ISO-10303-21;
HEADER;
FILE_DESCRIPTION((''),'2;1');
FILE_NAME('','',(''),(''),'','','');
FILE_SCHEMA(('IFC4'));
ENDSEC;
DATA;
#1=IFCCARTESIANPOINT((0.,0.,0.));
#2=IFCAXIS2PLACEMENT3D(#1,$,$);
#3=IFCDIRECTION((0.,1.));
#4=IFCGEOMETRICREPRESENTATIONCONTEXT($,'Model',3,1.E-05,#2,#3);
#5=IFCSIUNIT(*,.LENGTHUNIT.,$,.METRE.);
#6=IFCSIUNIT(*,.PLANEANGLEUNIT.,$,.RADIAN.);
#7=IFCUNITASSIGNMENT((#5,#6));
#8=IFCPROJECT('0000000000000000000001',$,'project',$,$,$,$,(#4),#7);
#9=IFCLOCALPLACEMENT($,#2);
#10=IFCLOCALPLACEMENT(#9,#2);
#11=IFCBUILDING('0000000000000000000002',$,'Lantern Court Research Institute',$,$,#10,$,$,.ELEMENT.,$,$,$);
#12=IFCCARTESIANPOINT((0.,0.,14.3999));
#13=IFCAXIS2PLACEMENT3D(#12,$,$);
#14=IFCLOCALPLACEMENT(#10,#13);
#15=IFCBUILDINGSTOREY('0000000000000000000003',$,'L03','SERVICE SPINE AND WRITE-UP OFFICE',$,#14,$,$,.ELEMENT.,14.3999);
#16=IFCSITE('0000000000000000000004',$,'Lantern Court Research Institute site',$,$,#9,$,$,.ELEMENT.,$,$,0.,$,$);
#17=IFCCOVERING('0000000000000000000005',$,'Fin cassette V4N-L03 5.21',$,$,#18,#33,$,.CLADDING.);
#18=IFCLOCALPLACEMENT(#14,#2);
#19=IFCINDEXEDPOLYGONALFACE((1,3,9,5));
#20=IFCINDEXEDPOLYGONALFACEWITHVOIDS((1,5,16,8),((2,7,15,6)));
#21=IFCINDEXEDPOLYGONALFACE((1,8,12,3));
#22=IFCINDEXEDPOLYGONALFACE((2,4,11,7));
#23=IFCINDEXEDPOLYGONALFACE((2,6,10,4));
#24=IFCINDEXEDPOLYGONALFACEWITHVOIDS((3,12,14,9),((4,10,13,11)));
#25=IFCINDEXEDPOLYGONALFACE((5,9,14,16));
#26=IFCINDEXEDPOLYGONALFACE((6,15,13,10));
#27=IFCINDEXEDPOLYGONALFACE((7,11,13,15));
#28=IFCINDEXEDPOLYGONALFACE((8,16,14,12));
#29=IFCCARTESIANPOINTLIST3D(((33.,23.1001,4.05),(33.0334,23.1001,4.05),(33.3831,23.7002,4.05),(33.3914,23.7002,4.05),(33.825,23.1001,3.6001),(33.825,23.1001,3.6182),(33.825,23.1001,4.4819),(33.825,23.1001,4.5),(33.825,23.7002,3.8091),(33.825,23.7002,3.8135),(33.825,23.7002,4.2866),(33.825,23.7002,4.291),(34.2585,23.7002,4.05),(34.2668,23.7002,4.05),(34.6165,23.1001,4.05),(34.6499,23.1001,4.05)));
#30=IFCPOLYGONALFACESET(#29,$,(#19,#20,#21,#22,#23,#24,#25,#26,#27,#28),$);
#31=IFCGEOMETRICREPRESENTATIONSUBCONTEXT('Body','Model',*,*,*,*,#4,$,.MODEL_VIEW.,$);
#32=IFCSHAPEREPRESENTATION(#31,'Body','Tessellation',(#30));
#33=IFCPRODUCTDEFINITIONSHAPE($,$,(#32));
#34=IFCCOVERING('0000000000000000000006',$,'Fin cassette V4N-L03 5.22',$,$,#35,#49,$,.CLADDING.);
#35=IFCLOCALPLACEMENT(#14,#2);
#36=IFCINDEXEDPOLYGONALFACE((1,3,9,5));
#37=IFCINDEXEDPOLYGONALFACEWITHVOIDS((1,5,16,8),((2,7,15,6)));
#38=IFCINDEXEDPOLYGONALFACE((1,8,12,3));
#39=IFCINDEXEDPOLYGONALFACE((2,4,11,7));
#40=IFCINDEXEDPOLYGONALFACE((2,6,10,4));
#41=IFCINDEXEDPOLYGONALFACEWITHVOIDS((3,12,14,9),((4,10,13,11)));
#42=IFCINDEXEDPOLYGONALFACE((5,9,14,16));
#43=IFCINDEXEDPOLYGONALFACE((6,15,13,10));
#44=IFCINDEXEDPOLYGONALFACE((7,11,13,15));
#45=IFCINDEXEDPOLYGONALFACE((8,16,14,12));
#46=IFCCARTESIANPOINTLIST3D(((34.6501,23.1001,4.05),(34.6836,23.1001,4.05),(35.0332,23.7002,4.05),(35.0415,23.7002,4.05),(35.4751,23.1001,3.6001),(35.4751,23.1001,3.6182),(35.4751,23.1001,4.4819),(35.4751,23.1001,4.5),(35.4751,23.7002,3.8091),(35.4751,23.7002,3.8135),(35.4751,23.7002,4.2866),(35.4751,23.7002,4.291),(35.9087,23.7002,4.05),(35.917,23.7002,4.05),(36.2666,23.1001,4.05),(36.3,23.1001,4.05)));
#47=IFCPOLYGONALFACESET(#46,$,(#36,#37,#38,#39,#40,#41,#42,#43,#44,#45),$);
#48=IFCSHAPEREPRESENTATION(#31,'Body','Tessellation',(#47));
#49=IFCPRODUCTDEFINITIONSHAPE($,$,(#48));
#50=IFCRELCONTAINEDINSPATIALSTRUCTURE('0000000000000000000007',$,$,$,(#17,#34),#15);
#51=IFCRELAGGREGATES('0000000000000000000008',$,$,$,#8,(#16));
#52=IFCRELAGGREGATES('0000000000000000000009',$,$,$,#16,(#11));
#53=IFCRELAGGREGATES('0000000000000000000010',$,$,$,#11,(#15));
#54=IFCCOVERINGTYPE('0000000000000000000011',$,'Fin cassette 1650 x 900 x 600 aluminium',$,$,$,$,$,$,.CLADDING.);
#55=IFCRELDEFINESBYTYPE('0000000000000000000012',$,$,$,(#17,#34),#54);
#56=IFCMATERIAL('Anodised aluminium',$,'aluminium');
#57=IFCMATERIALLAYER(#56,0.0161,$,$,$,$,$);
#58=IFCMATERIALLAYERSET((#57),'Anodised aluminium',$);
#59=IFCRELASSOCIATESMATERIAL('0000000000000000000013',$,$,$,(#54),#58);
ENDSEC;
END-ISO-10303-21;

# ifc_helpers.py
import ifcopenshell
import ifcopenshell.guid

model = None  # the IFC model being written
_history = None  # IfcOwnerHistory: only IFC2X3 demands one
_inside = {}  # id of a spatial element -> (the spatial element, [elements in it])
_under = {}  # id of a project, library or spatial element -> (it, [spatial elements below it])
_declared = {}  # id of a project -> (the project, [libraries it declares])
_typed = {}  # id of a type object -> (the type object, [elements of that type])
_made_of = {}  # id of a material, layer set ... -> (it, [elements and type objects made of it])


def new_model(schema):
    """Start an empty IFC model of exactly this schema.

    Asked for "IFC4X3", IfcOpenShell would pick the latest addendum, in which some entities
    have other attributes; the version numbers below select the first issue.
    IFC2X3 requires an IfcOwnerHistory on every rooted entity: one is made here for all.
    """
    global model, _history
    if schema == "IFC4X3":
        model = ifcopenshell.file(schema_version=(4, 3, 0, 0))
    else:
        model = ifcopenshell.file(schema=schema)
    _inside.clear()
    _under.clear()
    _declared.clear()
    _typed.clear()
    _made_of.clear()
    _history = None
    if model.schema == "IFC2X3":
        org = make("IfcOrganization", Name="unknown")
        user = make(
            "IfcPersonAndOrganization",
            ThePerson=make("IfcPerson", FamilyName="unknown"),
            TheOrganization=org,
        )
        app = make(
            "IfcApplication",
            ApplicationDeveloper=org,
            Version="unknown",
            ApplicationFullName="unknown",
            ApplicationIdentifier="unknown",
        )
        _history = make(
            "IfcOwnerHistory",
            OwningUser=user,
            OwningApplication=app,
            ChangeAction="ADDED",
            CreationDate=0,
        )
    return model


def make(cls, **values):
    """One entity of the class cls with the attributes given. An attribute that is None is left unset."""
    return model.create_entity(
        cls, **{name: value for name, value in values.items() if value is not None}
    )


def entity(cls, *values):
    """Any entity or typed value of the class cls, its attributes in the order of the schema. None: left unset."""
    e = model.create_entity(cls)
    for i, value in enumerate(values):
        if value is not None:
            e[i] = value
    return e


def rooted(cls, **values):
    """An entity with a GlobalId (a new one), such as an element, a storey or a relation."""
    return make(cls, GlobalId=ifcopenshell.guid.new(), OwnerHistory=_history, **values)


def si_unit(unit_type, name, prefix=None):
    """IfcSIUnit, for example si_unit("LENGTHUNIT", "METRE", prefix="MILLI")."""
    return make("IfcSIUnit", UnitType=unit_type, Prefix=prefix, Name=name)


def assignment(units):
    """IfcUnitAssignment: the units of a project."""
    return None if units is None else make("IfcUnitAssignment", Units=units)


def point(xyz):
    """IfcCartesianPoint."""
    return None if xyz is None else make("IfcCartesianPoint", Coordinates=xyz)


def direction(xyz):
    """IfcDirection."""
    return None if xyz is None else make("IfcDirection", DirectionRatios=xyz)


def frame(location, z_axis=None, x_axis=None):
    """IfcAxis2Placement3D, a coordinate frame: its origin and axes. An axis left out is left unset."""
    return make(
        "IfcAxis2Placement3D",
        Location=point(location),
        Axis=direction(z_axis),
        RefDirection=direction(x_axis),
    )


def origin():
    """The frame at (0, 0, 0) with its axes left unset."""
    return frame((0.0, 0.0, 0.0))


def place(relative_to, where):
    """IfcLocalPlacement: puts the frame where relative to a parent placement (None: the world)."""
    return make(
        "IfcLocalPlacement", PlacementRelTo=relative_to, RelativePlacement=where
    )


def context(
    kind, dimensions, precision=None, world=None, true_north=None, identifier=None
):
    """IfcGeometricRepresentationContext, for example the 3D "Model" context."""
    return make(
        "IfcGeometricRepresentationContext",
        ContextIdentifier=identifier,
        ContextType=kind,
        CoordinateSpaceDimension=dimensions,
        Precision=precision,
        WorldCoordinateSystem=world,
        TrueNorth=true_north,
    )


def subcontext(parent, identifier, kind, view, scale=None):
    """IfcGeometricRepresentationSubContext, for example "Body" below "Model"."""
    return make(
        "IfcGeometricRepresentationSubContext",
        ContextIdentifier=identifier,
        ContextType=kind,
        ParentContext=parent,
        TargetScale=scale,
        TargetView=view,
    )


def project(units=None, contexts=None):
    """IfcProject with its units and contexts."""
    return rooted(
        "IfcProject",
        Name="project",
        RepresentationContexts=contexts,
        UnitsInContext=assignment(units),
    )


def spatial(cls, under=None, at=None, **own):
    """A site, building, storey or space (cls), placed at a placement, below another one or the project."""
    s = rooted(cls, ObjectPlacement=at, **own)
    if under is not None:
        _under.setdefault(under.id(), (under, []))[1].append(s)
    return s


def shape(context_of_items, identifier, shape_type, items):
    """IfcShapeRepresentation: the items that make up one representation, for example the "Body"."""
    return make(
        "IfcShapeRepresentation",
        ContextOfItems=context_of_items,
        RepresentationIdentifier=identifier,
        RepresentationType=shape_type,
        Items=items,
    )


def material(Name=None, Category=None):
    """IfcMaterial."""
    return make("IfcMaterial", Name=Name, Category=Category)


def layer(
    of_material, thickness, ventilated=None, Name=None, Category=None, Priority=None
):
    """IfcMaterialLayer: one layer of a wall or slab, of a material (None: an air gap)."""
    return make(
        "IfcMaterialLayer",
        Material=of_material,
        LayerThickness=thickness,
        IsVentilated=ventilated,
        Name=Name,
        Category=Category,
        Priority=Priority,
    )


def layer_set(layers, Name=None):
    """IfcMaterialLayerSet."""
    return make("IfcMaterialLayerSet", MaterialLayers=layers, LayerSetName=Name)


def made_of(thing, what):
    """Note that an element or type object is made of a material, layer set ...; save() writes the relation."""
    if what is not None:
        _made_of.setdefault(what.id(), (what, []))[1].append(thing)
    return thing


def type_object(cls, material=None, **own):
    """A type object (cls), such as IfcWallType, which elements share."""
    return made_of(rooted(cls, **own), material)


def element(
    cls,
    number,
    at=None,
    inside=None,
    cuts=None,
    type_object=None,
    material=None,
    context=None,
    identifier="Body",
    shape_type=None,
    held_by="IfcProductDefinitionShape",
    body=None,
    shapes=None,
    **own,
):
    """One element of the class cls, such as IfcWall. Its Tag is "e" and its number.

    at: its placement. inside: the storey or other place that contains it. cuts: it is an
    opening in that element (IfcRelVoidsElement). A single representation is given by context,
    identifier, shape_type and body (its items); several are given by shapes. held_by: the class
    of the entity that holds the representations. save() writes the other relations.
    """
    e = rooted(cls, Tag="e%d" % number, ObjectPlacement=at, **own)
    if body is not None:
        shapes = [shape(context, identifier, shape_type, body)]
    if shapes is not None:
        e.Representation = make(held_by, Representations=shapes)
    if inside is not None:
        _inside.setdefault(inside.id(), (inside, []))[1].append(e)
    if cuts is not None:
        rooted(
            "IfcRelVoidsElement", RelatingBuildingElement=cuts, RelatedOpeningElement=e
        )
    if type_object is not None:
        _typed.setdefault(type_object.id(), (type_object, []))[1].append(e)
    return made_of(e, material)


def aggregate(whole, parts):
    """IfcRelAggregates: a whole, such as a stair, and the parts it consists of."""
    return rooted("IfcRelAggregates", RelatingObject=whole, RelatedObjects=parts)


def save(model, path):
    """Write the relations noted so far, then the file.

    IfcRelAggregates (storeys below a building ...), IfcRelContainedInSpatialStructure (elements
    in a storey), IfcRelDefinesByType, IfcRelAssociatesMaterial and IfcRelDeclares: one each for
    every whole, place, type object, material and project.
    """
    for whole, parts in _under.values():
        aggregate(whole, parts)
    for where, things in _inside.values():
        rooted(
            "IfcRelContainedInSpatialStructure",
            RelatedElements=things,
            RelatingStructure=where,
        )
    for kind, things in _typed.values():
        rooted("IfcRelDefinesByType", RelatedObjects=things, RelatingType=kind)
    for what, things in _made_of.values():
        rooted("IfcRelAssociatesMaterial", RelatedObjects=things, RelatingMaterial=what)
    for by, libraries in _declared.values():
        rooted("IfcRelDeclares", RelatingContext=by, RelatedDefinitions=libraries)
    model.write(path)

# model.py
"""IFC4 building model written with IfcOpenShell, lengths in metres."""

from ifc_helpers import new_model, entity, si_unit, direction, frame, origin, place, context, subcontext, project, spatial, material, layer, layer_set, type_object, element, save


model = new_model("IFC4")

# Units and contexts
model_context = context("Model", 3, precision=1e-05, world=origin(), true_north=direction((0.0, 1.0)))
body_context = subcontext(model_context, "Body", "Model", "MODEL_VIEW")
ifc_project = project(units=[si_unit("LENGTHUNIT", "METRE"), si_unit("PLANEANGLEUNIT", "RADIAN")], contexts=[model_context])

# Site, building, storey
site_placement = place(None, origin())
site = spatial("IfcSite", under=ifc_project, at=site_placement, Name="Lantern Court Research Institute site", CompositionType="ELEMENT", RefElevation=0.0)
building_placement = place(site_placement, origin())
building = spatial("IfcBuilding", under=site, at=building_placement, Name="Lantern Court Research Institute", CompositionType="ELEMENT")
storey_placement = place(building_placement, frame((0.0, 0.0, 14.3999)))
storey = spatial("IfcBuildingStorey", under=building, at=storey_placement, Name="L03", Description="SERVICE SPINE AND WRITE-UP OFFICE", CompositionType="ELEMENT", Elevation=14.3999)

# Coverings
ifc_material_1 = material(Name="Anodised aluminium", Category="aluminium")
ifc_layer_1 = layer(ifc_material_1, 0.0161)
ifc_layer_set_1 = layer_set([ifc_layer_1], Name="Anodised aluminium")
covering_type = type_object("IfcCoveringType", Name="Fin cassette 1650 x 900 x 600 aluminium", PredefinedType="CLADDING", material=ifc_layer_set_1)
covering_1_placement = place(storey_placement, frame((33.825, 23.1001, 4.05), z_axis=(0.0, 1.0, 0.0), x_axis=(-1.0, 0.0, 0.0)))
cartesian_point_1 = entity("IfcCartesianPoint", [0.825, 0.0])
cartesian_point_2 = entity("IfcCartesianPoint", [0.7915, 0.0])
cartesian_point_3 = entity("IfcCartesianPoint", [0.4419, 0.0])
cartesian_point_4 = entity("IfcCartesianPoint", [0.4336, 0.0])
element("IfcCovering", 1, at=covering_1_placement, inside=storey, type_object=covering_type, Name="Fin cassette V4N-L03 5.21", PredefinedType="CLADDING", context=body_context, shape_type="SweptSolid", body=[
    entity("IfcExtrudedAreaSolidTapered", entity("IfcArbitraryProfileDefWithVoids", "AREA", None, entity("IfcPolyline", [cartesian_point_1, entity("IfcCartesianPoint", [0.0, 0.45]), entity("IfcCartesianPoint", [-0.825, 0.0]), entity("IfcCartesianPoint", [0.0, -0.45]), cartesian_point_1]), [entity("IfcPolyline", [cartesian_point_2, entity("IfcCartesianPoint", [0.0, 0.4319]), entity("IfcCartesianPoint", [-0.7915, 0.0]), entity("IfcCartesianPoint", [0.0, -0.4319]), cartesian_point_2])]), entity("IfcAxis2Placement3D", entity("IfcCartesianPoint", [0.0, 0.0, 0.0])), entity("IfcDirection", [0.0, 0.0, 1.0]), 0.6001, entity("IfcArbitraryProfileDefWithVoids", "AREA", None, entity("IfcPolyline", [cartesian_point_3, entity("IfcCartesianPoint", [0.0, 0.241]), entity("IfcCartesianPoint", [-0.4419, 0.0]), entity("IfcCartesianPoint", [0.0, -0.241]), cartesian_point_3]), [entity("IfcPolyline", [cartesian_point_4, entity("IfcCartesianPoint", [0.0, 0.2366]), entity("IfcCartesianPoint", [-0.4336, 0.0]), entity("IfcCartesianPoint", [0.0, -0.2366]), cartesian_point_4])])),
])
covering_2_placement = place(storey_placement, frame((35.4751, 23.1001, 4.05), z_axis=(0.0, 1.0, 0.0), x_axis=(-1.0, 0.0, 0.0)))
cartesian_point_5 = entity("IfcCartesianPoint", [0.825, 0.0])
cartesian_point_6 = entity("IfcCartesianPoint", [0.7915, 0.0])
cartesian_point_7 = entity("IfcCartesianPoint", [0.4419, 0.0])
cartesian_point_8 = entity("IfcCartesianPoint", [0.4336, 0.0])
element("IfcCovering", 2, at=covering_2_placement, inside=storey, type_object=covering_type, Name="Fin cassette V4N-L03 5.22", PredefinedType="CLADDING", context=body_context, shape_type="SweptSolid", body=[
    entity("IfcExtrudedAreaSolidTapered", entity("IfcArbitraryProfileDefWithVoids", "AREA", None, entity("IfcPolyline", [cartesian_point_5, entity("IfcCartesianPoint", [0.0, 0.45]), entity("IfcCartesianPoint", [-0.825, 0.0]), entity("IfcCartesianPoint", [0.0, -0.45]), cartesian_point_5]), [entity("IfcPolyline", [cartesian_point_6, entity("IfcCartesianPoint", [0.0, 0.4319]), entity("IfcCartesianPoint", [-0.7915, 0.0]), entity("IfcCartesianPoint", [0.0, -0.4319]), cartesian_point_6])]), entity("IfcAxis2Placement3D", entity("IfcCartesianPoint", [0.0, 0.0, 0.0])), entity("IfcDirection", [0.0, 0.0, 1.0]), 0.6001, entity("IfcArbitraryProfileDefWithVoids", "AREA", None, entity("IfcPolyline", [cartesian_point_7, entity("IfcCartesianPoint", [0.0, 0.241]), entity("IfcCartesianPoint", [-0.4419, 0.0]), entity("IfcCartesianPoint", [0.0, -0.241]), cartesian_point_7]), [entity("IfcPolyline", [cartesian_point_8, entity("IfcCartesianPoint", [0.0, 0.2366]), entity("IfcCartesianPoint", [-0.4336, 0.0]), entity("IfcCartesianPoint", [0.0, -0.2366]), cartesian_point_8])])),
])

save(model, "model.ifc")
